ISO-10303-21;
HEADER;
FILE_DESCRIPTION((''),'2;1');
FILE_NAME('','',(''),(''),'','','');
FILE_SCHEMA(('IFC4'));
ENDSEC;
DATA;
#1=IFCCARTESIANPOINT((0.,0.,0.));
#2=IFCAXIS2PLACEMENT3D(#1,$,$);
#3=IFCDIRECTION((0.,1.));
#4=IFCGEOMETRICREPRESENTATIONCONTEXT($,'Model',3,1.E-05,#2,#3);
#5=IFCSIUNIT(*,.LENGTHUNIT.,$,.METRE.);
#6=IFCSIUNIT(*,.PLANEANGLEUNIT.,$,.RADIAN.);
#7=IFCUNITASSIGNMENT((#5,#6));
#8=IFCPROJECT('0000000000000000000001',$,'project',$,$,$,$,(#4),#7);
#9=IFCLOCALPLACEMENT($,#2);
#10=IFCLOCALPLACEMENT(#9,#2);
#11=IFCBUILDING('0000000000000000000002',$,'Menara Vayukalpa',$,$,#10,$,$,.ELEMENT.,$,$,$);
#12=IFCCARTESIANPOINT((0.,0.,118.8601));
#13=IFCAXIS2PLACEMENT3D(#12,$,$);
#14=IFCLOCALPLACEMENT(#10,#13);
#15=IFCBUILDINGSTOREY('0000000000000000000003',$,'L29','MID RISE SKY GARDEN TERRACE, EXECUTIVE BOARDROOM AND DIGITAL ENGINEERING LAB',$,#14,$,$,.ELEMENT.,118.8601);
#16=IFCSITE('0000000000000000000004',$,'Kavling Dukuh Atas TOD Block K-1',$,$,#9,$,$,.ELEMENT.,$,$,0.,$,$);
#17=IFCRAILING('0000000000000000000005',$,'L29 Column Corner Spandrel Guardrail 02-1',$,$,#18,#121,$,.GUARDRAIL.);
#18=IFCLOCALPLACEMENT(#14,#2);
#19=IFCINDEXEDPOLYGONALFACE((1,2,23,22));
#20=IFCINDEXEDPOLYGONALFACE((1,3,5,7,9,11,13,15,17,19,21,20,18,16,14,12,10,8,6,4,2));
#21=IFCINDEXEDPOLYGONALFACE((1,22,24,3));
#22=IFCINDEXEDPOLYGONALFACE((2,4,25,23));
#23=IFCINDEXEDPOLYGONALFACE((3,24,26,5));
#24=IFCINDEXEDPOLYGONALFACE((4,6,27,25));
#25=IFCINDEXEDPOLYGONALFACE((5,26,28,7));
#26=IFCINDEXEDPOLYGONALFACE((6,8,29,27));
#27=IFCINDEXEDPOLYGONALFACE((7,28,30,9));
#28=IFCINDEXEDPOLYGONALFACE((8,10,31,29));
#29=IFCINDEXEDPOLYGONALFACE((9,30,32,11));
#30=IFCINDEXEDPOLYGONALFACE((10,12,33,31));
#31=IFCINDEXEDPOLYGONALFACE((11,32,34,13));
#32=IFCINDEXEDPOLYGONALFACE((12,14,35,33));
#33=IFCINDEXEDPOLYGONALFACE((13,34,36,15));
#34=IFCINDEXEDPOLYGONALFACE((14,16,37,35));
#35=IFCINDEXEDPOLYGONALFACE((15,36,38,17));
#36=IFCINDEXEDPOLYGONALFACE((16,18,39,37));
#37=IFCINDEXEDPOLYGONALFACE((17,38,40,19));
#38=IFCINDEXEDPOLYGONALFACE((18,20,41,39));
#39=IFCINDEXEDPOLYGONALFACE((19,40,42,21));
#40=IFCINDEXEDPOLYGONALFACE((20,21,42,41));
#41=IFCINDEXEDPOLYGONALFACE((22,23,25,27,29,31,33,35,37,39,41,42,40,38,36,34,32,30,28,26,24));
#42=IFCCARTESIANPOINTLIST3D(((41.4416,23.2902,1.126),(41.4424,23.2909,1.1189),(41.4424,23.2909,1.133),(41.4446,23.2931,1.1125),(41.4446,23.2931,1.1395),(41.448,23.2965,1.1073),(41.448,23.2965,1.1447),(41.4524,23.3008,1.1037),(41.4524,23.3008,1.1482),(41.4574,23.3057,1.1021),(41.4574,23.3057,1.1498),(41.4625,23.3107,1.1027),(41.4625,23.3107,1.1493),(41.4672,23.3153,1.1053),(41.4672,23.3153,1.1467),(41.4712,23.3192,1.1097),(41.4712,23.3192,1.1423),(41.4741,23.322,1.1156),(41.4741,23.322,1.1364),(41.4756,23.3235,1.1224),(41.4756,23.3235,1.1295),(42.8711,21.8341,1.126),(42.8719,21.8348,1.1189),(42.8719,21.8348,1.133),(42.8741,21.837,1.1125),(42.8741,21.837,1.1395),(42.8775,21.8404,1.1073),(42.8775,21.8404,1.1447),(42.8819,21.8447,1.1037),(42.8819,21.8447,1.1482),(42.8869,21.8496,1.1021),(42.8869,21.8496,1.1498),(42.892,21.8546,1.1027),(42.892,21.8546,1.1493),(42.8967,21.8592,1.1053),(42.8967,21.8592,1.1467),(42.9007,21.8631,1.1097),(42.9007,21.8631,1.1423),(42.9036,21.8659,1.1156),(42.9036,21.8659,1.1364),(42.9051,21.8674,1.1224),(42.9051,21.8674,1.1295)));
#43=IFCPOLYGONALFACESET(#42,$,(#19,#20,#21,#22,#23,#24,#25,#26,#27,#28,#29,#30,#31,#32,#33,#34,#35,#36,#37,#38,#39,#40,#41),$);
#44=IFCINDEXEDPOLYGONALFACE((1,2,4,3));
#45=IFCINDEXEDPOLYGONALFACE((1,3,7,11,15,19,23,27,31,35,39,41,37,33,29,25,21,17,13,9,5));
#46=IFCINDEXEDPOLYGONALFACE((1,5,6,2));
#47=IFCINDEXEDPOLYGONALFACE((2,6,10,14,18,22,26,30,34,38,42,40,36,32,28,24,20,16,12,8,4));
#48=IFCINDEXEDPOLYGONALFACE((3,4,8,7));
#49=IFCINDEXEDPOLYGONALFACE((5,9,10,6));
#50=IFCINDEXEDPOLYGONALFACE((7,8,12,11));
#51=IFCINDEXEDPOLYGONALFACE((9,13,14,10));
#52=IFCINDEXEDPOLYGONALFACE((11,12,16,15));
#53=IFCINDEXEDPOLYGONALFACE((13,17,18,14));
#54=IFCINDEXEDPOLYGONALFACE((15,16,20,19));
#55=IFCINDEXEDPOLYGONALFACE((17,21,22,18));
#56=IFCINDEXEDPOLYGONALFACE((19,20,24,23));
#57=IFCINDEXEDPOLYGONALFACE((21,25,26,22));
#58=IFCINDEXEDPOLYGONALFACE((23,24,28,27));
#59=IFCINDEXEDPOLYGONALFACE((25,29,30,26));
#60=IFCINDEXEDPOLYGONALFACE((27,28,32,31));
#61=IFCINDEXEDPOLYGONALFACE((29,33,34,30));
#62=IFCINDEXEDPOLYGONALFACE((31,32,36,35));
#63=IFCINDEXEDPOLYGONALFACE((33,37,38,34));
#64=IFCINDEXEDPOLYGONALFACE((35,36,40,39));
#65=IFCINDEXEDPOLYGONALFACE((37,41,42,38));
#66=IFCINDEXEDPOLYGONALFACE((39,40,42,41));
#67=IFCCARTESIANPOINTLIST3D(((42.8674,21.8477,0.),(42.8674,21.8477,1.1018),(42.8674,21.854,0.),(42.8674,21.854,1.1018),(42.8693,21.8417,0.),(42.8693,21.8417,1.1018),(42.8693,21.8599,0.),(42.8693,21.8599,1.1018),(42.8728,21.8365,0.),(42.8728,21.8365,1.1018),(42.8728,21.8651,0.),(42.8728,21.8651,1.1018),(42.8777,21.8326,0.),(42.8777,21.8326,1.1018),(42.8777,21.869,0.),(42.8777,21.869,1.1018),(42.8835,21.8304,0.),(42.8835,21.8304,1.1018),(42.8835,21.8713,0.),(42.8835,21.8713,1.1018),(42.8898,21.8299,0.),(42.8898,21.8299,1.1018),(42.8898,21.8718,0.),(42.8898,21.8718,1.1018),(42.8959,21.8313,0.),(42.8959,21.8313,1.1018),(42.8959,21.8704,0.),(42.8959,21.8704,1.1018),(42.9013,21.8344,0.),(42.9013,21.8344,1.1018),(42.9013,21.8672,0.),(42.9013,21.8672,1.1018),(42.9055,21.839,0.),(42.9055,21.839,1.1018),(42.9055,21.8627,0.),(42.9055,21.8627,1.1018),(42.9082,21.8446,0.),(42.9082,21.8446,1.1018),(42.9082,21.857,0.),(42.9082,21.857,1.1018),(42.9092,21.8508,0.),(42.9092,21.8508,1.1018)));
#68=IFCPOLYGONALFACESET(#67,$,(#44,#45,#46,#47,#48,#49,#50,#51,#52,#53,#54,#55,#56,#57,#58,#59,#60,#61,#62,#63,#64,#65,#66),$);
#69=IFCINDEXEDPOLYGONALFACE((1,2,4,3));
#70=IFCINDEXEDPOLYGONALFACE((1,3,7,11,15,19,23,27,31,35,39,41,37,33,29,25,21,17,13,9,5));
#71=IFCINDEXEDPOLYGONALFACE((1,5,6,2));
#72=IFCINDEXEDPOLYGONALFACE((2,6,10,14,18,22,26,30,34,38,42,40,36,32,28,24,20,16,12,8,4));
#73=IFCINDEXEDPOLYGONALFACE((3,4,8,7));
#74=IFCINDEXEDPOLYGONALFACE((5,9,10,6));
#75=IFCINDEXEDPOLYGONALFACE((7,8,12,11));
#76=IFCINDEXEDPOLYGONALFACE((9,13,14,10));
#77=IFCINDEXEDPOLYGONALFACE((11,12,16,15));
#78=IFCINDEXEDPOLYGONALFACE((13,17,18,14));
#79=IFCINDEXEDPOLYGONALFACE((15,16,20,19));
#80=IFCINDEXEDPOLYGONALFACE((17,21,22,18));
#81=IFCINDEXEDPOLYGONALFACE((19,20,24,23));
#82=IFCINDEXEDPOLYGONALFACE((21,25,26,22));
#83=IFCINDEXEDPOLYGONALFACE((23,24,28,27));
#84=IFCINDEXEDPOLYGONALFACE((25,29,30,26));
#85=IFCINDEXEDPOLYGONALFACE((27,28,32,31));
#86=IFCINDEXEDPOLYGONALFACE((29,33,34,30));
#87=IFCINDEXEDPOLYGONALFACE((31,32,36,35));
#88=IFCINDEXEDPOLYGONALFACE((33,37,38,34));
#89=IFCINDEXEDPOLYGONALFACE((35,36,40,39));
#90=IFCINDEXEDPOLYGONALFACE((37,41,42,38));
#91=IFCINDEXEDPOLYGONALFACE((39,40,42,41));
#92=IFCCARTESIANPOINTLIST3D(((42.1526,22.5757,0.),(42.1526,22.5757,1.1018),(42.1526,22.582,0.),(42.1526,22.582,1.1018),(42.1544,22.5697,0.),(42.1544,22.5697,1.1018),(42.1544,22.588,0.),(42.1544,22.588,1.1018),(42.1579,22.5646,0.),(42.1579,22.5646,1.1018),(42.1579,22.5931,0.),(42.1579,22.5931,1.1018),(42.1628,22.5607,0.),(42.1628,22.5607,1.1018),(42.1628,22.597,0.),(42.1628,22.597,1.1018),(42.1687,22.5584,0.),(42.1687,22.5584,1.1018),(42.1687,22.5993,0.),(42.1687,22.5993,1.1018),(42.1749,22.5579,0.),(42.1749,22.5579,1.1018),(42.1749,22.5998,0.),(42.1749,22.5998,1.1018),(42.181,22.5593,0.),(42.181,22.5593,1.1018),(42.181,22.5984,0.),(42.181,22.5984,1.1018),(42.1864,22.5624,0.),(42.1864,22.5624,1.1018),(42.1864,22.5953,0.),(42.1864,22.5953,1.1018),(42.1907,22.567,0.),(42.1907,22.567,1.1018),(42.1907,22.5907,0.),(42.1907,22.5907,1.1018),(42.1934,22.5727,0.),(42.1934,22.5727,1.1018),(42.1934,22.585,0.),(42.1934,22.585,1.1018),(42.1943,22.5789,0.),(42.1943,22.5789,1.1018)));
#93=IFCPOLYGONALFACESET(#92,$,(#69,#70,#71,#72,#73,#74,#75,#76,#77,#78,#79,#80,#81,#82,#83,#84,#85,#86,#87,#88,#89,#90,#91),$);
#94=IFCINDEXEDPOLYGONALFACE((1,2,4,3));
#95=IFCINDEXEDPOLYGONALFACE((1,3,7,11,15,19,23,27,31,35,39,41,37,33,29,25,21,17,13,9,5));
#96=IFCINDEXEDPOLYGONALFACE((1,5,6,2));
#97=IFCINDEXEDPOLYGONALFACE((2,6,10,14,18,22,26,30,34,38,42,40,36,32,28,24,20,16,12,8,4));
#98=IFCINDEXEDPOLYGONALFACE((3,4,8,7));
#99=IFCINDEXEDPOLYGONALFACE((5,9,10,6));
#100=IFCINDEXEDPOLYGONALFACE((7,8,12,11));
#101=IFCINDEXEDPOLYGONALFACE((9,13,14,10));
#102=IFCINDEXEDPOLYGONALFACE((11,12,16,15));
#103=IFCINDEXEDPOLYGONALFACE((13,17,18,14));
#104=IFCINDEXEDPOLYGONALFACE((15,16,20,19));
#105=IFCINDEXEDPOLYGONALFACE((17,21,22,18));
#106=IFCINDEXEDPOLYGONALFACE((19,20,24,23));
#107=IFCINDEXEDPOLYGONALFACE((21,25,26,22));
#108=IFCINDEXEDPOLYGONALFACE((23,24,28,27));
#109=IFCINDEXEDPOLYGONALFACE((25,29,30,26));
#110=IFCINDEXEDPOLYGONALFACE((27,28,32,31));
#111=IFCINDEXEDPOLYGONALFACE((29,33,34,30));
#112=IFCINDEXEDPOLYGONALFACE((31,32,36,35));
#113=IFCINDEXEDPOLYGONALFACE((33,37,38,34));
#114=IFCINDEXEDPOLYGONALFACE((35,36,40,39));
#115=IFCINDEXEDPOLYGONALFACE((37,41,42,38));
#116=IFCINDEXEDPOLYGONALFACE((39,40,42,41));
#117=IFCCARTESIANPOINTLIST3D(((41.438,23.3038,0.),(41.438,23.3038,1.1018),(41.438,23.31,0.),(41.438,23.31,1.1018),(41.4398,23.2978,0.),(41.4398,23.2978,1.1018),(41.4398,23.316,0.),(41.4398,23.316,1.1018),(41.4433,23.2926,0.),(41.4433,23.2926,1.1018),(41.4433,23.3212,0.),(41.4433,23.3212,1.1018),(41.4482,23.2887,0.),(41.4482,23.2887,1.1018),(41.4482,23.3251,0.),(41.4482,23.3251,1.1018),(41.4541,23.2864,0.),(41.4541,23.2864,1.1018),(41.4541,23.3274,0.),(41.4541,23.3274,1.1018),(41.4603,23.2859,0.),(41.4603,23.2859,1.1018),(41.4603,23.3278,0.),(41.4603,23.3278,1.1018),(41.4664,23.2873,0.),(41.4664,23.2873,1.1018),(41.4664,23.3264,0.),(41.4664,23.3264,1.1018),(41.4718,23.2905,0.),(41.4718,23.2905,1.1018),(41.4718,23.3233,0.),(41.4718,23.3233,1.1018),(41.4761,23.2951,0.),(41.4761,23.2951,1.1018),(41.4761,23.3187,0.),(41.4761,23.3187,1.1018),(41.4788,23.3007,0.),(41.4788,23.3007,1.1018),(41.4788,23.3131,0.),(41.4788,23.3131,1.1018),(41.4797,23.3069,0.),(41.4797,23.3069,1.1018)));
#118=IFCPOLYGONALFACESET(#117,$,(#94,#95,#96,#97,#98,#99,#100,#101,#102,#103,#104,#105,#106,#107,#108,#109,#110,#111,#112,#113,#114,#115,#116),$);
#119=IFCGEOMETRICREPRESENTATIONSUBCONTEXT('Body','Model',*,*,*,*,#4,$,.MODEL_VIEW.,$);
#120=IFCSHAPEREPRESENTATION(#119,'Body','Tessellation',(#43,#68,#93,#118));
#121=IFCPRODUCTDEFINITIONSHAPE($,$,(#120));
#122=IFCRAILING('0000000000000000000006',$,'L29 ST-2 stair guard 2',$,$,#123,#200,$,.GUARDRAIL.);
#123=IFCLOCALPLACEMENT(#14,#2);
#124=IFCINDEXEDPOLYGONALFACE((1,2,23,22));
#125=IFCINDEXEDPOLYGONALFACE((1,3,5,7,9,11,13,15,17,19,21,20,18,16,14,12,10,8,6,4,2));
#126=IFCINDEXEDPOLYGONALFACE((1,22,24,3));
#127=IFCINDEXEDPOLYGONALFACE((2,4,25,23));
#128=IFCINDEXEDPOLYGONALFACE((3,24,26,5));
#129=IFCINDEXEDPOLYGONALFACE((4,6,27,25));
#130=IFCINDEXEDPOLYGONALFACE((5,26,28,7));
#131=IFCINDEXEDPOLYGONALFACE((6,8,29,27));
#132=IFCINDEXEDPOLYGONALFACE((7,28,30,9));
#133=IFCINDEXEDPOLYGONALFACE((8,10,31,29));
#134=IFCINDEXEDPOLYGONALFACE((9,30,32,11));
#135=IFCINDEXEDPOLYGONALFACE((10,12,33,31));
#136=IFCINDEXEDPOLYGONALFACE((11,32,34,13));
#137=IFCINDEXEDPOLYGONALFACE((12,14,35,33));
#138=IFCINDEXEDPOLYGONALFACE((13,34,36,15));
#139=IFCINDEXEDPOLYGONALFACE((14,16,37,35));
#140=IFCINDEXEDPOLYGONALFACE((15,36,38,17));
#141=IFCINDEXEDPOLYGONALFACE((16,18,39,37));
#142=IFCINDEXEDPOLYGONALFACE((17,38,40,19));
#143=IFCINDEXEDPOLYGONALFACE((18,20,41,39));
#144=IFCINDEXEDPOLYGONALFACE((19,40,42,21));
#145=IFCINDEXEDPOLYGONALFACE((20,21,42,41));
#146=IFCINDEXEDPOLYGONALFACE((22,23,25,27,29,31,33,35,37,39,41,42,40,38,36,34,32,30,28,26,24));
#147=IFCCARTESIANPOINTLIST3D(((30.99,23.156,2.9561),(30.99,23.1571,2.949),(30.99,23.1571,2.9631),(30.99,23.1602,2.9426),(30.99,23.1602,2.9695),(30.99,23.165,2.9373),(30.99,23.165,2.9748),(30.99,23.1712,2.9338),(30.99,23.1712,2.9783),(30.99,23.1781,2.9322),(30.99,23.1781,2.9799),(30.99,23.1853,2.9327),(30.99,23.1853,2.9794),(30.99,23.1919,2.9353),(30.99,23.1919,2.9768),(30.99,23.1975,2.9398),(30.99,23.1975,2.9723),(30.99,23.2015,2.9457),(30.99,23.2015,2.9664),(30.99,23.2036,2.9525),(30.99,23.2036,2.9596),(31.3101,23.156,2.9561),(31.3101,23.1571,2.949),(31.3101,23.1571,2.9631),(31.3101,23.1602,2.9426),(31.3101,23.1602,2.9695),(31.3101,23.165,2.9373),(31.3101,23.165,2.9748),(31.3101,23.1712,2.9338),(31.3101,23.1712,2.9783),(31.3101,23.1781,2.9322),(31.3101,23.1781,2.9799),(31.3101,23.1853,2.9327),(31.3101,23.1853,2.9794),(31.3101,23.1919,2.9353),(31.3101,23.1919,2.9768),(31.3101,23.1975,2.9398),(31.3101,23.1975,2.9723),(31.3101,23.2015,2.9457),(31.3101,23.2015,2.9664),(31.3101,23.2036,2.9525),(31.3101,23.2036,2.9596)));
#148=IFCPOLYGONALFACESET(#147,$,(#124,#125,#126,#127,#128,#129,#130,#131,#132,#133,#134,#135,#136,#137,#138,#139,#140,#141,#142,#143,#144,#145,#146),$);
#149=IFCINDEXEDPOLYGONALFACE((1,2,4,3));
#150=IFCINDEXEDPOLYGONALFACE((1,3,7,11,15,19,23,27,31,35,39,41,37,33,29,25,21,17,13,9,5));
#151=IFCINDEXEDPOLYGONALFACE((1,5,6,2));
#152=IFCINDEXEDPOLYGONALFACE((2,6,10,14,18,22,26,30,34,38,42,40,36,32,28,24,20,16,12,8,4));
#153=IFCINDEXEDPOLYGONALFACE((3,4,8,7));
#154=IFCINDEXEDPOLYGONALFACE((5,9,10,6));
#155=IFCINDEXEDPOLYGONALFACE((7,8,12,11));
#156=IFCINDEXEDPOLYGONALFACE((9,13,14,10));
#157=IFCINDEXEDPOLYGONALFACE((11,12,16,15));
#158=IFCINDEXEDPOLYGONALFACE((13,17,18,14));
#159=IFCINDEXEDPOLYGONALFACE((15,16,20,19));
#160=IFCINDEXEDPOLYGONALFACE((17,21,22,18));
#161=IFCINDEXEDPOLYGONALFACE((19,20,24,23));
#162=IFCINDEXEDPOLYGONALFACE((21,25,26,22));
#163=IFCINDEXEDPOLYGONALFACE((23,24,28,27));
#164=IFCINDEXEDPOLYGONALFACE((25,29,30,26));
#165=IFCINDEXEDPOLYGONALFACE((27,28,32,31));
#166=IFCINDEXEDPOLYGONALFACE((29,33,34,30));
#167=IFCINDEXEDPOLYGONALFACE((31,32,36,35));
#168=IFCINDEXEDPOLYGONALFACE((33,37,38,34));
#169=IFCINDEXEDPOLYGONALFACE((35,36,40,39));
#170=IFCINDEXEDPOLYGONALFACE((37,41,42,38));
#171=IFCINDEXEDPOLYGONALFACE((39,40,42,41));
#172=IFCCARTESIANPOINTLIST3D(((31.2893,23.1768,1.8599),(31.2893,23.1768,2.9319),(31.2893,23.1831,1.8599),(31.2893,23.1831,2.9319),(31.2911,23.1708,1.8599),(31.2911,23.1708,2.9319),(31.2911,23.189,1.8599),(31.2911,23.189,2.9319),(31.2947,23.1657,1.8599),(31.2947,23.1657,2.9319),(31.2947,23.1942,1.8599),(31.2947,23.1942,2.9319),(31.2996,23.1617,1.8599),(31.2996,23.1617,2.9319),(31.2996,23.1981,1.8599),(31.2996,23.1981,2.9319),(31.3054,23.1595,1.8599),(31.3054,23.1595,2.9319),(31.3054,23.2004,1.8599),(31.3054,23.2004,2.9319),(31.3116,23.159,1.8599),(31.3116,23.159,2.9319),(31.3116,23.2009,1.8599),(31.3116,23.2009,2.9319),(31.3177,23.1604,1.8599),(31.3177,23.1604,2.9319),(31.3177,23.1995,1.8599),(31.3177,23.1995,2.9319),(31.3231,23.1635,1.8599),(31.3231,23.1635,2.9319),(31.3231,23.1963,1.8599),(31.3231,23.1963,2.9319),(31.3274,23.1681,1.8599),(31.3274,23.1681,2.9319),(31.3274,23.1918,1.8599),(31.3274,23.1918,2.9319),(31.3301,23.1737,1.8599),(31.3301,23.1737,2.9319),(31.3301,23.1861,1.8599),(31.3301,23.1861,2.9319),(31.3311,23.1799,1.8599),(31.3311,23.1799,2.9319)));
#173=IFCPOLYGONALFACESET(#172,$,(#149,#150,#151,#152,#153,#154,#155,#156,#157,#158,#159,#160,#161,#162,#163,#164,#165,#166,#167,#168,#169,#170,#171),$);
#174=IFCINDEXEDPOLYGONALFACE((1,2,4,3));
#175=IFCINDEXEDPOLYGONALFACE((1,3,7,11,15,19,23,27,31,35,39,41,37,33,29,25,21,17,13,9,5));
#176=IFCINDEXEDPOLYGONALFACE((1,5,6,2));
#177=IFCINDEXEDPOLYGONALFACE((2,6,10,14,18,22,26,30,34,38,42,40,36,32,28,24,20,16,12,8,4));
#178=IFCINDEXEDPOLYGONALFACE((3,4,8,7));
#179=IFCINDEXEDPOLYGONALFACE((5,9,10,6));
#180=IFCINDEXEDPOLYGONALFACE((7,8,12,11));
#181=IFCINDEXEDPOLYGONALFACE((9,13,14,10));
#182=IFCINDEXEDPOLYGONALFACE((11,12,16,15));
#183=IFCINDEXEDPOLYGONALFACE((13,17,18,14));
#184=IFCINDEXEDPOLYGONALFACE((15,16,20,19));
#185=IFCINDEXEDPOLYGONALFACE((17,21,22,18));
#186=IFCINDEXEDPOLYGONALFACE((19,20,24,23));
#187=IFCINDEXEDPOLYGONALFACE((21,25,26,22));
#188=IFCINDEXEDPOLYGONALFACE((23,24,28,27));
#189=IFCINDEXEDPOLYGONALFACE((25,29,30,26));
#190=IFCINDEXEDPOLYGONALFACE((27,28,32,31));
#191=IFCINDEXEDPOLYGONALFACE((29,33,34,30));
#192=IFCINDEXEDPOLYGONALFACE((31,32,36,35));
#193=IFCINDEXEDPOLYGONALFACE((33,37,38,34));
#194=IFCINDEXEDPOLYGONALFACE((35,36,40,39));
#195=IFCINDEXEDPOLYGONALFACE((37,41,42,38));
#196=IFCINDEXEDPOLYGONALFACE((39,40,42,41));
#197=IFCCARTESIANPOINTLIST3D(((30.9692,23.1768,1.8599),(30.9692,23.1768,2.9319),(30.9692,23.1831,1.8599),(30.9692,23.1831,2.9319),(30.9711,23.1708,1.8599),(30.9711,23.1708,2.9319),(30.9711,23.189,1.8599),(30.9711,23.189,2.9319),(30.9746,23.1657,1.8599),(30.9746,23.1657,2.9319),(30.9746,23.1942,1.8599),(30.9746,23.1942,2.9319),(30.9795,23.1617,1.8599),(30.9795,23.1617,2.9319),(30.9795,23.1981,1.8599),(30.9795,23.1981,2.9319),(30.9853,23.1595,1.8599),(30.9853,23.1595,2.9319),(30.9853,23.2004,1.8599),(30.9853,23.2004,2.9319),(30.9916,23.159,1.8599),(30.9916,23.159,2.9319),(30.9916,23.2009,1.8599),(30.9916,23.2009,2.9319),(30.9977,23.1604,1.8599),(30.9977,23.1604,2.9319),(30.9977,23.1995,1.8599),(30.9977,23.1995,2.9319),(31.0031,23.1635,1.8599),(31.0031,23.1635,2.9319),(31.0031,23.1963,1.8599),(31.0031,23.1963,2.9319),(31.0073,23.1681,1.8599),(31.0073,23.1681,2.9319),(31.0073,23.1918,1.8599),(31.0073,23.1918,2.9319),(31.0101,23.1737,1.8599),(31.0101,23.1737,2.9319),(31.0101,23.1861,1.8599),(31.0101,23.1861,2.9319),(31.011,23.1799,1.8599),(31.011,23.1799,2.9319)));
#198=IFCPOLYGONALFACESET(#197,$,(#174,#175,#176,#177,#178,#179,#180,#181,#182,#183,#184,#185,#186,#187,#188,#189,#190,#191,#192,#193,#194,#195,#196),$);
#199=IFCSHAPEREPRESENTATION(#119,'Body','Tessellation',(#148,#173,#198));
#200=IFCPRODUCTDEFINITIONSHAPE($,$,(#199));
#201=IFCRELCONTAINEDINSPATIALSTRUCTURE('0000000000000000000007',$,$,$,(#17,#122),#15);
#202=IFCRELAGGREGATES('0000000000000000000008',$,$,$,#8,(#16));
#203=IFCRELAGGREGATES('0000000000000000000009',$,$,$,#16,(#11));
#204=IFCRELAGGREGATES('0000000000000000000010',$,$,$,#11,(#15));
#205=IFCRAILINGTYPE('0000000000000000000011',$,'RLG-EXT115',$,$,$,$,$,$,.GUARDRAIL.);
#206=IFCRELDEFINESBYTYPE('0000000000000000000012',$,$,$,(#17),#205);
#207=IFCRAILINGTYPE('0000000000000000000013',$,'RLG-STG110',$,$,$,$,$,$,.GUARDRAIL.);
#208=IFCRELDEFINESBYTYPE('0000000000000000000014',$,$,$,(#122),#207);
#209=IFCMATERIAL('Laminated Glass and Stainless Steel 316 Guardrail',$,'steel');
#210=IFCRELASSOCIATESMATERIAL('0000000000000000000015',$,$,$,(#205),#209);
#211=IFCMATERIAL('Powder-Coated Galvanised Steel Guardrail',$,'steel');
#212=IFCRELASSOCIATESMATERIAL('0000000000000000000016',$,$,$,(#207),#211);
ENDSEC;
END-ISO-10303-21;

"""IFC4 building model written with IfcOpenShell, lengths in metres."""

from ifc_helpers import new_model, si_unit, direction, frame, origin, origin_2d, place, context, subcontext, project, spatial, circle, extrude, material, type_object, element, save


model = new_model("IFC4")

# Units and contexts
model_context = context("Model", 3, precision=1e-05, world=origin(), true_north=direction((0.0, 1.0)))
body_context = subcontext(model_context, "Body", "Model", "MODEL_VIEW")
ifc_project = project(units=[si_unit("LENGTHUNIT", "METRE"), si_unit("PLANEANGLEUNIT", "RADIAN")], contexts=[model_context])

# Site, building, storey
site_placement = place(None, origin())
site = spatial("IfcSite", under=ifc_project, at=site_placement, Name="Kavling Dukuh Atas TOD Block K-1", CompositionType="ELEMENT", RefElevation=0.0)
building_placement = place(site_placement, origin())
building = spatial("IfcBuilding", under=site, at=building_placement, Name="Menara Vayukalpa", CompositionType="ELEMENT")
storey_placement = place(building_placement, frame((0.0, 0.0, 118.8601)))
storey = spatial("IfcBuildingStorey", under=building, at=storey_placement, Name="L29", Description="MID RISE SKY GARDEN TERRACE, EXECUTIVE BOARDROOM AND DIGITAL ENGINEERING LAB", CompositionType="ELEMENT", Elevation=118.8601)

# Railings
ifc_material_1 = material(Name="Laminated Glass and Stainless Steel 316 Guardrail", Category="steel")
railing_type_1 = type_object("IfcRailingType", Name="RLG-EXT115", PredefinedType="GUARDRAIL", material=ifc_material_1)
railing_1_placement = place(storey_placement, frame((42.8882, 21.8508, 0.0)))
element("IfcRailing", 1, at=railing_1_placement, inside=storey, type_object=railing_type_1, Name="L29 Column Corner Spandrel Guardrail 02-1", PredefinedType="GUARDRAIL", context=body_context, shape_type="SweptSolid", body=[
    extrude(circle(Radius=0.0239, at=origin_2d()), frame((0.0, 0.0, 1.126), z_axis=(-0.700556, 0.713598, 0.0), x_axis=(-0.713598, -0.700556, 0.0)), (0.0, 0.0, 1.0), 2.0405),
    extrude(circle(Radius=0.021, at=origin_2d()), origin(), (0.0, 0.0, 1.0), 1.1018),
    extrude(circle(Radius=0.021, at=origin_2d()), frame((-0.7148, 0.728, 0.0)), (0.0, 0.0, 1.0), 1.1018),
    extrude(circle(Radius=0.021, at=origin_2d()), frame((-1.4294, 1.4561, 0.0)), (0.0, 0.0, 1.0), 1.1018),
])
ifc_material_2 = material(Name="Powder-Coated Galvanised Steel Guardrail", Category="steel")
railing_type_2 = type_object("IfcRailingType", Name="RLG-STG110", PredefinedType="GUARDRAIL", material=ifc_material_2)
railing_2_placement = place(storey_placement, frame((31.3101, 23.1799, 1.8599)))
element("IfcRailing", 2, at=railing_2_placement, inside=storey, type_object=railing_type_2, Name="L29 ST-2 stair guard 2", PredefinedType="GUARDRAIL", context=body_context, shape_type="SweptSolid", body=[
    extrude(circle(Radius=0.0239, at=origin_2d()), frame((0.0, 0.0, 1.0962), z_axis=(-1.0, 0.0, 0.0), x_axis=(0.0, -1.0, 0.0)), (0.0, 0.0, 1.0), 0.3201),
    extrude(circle(Radius=0.021, at=origin_2d()), origin(), (0.0, 0.0, 1.0), 1.072),
    extrude(circle(Radius=0.021, at=origin_2d()), frame((-0.3201, 0.0, 0.0)), (0.0, 0.0, 1.0), 1.072),
])

save(model, "model.ifc")
